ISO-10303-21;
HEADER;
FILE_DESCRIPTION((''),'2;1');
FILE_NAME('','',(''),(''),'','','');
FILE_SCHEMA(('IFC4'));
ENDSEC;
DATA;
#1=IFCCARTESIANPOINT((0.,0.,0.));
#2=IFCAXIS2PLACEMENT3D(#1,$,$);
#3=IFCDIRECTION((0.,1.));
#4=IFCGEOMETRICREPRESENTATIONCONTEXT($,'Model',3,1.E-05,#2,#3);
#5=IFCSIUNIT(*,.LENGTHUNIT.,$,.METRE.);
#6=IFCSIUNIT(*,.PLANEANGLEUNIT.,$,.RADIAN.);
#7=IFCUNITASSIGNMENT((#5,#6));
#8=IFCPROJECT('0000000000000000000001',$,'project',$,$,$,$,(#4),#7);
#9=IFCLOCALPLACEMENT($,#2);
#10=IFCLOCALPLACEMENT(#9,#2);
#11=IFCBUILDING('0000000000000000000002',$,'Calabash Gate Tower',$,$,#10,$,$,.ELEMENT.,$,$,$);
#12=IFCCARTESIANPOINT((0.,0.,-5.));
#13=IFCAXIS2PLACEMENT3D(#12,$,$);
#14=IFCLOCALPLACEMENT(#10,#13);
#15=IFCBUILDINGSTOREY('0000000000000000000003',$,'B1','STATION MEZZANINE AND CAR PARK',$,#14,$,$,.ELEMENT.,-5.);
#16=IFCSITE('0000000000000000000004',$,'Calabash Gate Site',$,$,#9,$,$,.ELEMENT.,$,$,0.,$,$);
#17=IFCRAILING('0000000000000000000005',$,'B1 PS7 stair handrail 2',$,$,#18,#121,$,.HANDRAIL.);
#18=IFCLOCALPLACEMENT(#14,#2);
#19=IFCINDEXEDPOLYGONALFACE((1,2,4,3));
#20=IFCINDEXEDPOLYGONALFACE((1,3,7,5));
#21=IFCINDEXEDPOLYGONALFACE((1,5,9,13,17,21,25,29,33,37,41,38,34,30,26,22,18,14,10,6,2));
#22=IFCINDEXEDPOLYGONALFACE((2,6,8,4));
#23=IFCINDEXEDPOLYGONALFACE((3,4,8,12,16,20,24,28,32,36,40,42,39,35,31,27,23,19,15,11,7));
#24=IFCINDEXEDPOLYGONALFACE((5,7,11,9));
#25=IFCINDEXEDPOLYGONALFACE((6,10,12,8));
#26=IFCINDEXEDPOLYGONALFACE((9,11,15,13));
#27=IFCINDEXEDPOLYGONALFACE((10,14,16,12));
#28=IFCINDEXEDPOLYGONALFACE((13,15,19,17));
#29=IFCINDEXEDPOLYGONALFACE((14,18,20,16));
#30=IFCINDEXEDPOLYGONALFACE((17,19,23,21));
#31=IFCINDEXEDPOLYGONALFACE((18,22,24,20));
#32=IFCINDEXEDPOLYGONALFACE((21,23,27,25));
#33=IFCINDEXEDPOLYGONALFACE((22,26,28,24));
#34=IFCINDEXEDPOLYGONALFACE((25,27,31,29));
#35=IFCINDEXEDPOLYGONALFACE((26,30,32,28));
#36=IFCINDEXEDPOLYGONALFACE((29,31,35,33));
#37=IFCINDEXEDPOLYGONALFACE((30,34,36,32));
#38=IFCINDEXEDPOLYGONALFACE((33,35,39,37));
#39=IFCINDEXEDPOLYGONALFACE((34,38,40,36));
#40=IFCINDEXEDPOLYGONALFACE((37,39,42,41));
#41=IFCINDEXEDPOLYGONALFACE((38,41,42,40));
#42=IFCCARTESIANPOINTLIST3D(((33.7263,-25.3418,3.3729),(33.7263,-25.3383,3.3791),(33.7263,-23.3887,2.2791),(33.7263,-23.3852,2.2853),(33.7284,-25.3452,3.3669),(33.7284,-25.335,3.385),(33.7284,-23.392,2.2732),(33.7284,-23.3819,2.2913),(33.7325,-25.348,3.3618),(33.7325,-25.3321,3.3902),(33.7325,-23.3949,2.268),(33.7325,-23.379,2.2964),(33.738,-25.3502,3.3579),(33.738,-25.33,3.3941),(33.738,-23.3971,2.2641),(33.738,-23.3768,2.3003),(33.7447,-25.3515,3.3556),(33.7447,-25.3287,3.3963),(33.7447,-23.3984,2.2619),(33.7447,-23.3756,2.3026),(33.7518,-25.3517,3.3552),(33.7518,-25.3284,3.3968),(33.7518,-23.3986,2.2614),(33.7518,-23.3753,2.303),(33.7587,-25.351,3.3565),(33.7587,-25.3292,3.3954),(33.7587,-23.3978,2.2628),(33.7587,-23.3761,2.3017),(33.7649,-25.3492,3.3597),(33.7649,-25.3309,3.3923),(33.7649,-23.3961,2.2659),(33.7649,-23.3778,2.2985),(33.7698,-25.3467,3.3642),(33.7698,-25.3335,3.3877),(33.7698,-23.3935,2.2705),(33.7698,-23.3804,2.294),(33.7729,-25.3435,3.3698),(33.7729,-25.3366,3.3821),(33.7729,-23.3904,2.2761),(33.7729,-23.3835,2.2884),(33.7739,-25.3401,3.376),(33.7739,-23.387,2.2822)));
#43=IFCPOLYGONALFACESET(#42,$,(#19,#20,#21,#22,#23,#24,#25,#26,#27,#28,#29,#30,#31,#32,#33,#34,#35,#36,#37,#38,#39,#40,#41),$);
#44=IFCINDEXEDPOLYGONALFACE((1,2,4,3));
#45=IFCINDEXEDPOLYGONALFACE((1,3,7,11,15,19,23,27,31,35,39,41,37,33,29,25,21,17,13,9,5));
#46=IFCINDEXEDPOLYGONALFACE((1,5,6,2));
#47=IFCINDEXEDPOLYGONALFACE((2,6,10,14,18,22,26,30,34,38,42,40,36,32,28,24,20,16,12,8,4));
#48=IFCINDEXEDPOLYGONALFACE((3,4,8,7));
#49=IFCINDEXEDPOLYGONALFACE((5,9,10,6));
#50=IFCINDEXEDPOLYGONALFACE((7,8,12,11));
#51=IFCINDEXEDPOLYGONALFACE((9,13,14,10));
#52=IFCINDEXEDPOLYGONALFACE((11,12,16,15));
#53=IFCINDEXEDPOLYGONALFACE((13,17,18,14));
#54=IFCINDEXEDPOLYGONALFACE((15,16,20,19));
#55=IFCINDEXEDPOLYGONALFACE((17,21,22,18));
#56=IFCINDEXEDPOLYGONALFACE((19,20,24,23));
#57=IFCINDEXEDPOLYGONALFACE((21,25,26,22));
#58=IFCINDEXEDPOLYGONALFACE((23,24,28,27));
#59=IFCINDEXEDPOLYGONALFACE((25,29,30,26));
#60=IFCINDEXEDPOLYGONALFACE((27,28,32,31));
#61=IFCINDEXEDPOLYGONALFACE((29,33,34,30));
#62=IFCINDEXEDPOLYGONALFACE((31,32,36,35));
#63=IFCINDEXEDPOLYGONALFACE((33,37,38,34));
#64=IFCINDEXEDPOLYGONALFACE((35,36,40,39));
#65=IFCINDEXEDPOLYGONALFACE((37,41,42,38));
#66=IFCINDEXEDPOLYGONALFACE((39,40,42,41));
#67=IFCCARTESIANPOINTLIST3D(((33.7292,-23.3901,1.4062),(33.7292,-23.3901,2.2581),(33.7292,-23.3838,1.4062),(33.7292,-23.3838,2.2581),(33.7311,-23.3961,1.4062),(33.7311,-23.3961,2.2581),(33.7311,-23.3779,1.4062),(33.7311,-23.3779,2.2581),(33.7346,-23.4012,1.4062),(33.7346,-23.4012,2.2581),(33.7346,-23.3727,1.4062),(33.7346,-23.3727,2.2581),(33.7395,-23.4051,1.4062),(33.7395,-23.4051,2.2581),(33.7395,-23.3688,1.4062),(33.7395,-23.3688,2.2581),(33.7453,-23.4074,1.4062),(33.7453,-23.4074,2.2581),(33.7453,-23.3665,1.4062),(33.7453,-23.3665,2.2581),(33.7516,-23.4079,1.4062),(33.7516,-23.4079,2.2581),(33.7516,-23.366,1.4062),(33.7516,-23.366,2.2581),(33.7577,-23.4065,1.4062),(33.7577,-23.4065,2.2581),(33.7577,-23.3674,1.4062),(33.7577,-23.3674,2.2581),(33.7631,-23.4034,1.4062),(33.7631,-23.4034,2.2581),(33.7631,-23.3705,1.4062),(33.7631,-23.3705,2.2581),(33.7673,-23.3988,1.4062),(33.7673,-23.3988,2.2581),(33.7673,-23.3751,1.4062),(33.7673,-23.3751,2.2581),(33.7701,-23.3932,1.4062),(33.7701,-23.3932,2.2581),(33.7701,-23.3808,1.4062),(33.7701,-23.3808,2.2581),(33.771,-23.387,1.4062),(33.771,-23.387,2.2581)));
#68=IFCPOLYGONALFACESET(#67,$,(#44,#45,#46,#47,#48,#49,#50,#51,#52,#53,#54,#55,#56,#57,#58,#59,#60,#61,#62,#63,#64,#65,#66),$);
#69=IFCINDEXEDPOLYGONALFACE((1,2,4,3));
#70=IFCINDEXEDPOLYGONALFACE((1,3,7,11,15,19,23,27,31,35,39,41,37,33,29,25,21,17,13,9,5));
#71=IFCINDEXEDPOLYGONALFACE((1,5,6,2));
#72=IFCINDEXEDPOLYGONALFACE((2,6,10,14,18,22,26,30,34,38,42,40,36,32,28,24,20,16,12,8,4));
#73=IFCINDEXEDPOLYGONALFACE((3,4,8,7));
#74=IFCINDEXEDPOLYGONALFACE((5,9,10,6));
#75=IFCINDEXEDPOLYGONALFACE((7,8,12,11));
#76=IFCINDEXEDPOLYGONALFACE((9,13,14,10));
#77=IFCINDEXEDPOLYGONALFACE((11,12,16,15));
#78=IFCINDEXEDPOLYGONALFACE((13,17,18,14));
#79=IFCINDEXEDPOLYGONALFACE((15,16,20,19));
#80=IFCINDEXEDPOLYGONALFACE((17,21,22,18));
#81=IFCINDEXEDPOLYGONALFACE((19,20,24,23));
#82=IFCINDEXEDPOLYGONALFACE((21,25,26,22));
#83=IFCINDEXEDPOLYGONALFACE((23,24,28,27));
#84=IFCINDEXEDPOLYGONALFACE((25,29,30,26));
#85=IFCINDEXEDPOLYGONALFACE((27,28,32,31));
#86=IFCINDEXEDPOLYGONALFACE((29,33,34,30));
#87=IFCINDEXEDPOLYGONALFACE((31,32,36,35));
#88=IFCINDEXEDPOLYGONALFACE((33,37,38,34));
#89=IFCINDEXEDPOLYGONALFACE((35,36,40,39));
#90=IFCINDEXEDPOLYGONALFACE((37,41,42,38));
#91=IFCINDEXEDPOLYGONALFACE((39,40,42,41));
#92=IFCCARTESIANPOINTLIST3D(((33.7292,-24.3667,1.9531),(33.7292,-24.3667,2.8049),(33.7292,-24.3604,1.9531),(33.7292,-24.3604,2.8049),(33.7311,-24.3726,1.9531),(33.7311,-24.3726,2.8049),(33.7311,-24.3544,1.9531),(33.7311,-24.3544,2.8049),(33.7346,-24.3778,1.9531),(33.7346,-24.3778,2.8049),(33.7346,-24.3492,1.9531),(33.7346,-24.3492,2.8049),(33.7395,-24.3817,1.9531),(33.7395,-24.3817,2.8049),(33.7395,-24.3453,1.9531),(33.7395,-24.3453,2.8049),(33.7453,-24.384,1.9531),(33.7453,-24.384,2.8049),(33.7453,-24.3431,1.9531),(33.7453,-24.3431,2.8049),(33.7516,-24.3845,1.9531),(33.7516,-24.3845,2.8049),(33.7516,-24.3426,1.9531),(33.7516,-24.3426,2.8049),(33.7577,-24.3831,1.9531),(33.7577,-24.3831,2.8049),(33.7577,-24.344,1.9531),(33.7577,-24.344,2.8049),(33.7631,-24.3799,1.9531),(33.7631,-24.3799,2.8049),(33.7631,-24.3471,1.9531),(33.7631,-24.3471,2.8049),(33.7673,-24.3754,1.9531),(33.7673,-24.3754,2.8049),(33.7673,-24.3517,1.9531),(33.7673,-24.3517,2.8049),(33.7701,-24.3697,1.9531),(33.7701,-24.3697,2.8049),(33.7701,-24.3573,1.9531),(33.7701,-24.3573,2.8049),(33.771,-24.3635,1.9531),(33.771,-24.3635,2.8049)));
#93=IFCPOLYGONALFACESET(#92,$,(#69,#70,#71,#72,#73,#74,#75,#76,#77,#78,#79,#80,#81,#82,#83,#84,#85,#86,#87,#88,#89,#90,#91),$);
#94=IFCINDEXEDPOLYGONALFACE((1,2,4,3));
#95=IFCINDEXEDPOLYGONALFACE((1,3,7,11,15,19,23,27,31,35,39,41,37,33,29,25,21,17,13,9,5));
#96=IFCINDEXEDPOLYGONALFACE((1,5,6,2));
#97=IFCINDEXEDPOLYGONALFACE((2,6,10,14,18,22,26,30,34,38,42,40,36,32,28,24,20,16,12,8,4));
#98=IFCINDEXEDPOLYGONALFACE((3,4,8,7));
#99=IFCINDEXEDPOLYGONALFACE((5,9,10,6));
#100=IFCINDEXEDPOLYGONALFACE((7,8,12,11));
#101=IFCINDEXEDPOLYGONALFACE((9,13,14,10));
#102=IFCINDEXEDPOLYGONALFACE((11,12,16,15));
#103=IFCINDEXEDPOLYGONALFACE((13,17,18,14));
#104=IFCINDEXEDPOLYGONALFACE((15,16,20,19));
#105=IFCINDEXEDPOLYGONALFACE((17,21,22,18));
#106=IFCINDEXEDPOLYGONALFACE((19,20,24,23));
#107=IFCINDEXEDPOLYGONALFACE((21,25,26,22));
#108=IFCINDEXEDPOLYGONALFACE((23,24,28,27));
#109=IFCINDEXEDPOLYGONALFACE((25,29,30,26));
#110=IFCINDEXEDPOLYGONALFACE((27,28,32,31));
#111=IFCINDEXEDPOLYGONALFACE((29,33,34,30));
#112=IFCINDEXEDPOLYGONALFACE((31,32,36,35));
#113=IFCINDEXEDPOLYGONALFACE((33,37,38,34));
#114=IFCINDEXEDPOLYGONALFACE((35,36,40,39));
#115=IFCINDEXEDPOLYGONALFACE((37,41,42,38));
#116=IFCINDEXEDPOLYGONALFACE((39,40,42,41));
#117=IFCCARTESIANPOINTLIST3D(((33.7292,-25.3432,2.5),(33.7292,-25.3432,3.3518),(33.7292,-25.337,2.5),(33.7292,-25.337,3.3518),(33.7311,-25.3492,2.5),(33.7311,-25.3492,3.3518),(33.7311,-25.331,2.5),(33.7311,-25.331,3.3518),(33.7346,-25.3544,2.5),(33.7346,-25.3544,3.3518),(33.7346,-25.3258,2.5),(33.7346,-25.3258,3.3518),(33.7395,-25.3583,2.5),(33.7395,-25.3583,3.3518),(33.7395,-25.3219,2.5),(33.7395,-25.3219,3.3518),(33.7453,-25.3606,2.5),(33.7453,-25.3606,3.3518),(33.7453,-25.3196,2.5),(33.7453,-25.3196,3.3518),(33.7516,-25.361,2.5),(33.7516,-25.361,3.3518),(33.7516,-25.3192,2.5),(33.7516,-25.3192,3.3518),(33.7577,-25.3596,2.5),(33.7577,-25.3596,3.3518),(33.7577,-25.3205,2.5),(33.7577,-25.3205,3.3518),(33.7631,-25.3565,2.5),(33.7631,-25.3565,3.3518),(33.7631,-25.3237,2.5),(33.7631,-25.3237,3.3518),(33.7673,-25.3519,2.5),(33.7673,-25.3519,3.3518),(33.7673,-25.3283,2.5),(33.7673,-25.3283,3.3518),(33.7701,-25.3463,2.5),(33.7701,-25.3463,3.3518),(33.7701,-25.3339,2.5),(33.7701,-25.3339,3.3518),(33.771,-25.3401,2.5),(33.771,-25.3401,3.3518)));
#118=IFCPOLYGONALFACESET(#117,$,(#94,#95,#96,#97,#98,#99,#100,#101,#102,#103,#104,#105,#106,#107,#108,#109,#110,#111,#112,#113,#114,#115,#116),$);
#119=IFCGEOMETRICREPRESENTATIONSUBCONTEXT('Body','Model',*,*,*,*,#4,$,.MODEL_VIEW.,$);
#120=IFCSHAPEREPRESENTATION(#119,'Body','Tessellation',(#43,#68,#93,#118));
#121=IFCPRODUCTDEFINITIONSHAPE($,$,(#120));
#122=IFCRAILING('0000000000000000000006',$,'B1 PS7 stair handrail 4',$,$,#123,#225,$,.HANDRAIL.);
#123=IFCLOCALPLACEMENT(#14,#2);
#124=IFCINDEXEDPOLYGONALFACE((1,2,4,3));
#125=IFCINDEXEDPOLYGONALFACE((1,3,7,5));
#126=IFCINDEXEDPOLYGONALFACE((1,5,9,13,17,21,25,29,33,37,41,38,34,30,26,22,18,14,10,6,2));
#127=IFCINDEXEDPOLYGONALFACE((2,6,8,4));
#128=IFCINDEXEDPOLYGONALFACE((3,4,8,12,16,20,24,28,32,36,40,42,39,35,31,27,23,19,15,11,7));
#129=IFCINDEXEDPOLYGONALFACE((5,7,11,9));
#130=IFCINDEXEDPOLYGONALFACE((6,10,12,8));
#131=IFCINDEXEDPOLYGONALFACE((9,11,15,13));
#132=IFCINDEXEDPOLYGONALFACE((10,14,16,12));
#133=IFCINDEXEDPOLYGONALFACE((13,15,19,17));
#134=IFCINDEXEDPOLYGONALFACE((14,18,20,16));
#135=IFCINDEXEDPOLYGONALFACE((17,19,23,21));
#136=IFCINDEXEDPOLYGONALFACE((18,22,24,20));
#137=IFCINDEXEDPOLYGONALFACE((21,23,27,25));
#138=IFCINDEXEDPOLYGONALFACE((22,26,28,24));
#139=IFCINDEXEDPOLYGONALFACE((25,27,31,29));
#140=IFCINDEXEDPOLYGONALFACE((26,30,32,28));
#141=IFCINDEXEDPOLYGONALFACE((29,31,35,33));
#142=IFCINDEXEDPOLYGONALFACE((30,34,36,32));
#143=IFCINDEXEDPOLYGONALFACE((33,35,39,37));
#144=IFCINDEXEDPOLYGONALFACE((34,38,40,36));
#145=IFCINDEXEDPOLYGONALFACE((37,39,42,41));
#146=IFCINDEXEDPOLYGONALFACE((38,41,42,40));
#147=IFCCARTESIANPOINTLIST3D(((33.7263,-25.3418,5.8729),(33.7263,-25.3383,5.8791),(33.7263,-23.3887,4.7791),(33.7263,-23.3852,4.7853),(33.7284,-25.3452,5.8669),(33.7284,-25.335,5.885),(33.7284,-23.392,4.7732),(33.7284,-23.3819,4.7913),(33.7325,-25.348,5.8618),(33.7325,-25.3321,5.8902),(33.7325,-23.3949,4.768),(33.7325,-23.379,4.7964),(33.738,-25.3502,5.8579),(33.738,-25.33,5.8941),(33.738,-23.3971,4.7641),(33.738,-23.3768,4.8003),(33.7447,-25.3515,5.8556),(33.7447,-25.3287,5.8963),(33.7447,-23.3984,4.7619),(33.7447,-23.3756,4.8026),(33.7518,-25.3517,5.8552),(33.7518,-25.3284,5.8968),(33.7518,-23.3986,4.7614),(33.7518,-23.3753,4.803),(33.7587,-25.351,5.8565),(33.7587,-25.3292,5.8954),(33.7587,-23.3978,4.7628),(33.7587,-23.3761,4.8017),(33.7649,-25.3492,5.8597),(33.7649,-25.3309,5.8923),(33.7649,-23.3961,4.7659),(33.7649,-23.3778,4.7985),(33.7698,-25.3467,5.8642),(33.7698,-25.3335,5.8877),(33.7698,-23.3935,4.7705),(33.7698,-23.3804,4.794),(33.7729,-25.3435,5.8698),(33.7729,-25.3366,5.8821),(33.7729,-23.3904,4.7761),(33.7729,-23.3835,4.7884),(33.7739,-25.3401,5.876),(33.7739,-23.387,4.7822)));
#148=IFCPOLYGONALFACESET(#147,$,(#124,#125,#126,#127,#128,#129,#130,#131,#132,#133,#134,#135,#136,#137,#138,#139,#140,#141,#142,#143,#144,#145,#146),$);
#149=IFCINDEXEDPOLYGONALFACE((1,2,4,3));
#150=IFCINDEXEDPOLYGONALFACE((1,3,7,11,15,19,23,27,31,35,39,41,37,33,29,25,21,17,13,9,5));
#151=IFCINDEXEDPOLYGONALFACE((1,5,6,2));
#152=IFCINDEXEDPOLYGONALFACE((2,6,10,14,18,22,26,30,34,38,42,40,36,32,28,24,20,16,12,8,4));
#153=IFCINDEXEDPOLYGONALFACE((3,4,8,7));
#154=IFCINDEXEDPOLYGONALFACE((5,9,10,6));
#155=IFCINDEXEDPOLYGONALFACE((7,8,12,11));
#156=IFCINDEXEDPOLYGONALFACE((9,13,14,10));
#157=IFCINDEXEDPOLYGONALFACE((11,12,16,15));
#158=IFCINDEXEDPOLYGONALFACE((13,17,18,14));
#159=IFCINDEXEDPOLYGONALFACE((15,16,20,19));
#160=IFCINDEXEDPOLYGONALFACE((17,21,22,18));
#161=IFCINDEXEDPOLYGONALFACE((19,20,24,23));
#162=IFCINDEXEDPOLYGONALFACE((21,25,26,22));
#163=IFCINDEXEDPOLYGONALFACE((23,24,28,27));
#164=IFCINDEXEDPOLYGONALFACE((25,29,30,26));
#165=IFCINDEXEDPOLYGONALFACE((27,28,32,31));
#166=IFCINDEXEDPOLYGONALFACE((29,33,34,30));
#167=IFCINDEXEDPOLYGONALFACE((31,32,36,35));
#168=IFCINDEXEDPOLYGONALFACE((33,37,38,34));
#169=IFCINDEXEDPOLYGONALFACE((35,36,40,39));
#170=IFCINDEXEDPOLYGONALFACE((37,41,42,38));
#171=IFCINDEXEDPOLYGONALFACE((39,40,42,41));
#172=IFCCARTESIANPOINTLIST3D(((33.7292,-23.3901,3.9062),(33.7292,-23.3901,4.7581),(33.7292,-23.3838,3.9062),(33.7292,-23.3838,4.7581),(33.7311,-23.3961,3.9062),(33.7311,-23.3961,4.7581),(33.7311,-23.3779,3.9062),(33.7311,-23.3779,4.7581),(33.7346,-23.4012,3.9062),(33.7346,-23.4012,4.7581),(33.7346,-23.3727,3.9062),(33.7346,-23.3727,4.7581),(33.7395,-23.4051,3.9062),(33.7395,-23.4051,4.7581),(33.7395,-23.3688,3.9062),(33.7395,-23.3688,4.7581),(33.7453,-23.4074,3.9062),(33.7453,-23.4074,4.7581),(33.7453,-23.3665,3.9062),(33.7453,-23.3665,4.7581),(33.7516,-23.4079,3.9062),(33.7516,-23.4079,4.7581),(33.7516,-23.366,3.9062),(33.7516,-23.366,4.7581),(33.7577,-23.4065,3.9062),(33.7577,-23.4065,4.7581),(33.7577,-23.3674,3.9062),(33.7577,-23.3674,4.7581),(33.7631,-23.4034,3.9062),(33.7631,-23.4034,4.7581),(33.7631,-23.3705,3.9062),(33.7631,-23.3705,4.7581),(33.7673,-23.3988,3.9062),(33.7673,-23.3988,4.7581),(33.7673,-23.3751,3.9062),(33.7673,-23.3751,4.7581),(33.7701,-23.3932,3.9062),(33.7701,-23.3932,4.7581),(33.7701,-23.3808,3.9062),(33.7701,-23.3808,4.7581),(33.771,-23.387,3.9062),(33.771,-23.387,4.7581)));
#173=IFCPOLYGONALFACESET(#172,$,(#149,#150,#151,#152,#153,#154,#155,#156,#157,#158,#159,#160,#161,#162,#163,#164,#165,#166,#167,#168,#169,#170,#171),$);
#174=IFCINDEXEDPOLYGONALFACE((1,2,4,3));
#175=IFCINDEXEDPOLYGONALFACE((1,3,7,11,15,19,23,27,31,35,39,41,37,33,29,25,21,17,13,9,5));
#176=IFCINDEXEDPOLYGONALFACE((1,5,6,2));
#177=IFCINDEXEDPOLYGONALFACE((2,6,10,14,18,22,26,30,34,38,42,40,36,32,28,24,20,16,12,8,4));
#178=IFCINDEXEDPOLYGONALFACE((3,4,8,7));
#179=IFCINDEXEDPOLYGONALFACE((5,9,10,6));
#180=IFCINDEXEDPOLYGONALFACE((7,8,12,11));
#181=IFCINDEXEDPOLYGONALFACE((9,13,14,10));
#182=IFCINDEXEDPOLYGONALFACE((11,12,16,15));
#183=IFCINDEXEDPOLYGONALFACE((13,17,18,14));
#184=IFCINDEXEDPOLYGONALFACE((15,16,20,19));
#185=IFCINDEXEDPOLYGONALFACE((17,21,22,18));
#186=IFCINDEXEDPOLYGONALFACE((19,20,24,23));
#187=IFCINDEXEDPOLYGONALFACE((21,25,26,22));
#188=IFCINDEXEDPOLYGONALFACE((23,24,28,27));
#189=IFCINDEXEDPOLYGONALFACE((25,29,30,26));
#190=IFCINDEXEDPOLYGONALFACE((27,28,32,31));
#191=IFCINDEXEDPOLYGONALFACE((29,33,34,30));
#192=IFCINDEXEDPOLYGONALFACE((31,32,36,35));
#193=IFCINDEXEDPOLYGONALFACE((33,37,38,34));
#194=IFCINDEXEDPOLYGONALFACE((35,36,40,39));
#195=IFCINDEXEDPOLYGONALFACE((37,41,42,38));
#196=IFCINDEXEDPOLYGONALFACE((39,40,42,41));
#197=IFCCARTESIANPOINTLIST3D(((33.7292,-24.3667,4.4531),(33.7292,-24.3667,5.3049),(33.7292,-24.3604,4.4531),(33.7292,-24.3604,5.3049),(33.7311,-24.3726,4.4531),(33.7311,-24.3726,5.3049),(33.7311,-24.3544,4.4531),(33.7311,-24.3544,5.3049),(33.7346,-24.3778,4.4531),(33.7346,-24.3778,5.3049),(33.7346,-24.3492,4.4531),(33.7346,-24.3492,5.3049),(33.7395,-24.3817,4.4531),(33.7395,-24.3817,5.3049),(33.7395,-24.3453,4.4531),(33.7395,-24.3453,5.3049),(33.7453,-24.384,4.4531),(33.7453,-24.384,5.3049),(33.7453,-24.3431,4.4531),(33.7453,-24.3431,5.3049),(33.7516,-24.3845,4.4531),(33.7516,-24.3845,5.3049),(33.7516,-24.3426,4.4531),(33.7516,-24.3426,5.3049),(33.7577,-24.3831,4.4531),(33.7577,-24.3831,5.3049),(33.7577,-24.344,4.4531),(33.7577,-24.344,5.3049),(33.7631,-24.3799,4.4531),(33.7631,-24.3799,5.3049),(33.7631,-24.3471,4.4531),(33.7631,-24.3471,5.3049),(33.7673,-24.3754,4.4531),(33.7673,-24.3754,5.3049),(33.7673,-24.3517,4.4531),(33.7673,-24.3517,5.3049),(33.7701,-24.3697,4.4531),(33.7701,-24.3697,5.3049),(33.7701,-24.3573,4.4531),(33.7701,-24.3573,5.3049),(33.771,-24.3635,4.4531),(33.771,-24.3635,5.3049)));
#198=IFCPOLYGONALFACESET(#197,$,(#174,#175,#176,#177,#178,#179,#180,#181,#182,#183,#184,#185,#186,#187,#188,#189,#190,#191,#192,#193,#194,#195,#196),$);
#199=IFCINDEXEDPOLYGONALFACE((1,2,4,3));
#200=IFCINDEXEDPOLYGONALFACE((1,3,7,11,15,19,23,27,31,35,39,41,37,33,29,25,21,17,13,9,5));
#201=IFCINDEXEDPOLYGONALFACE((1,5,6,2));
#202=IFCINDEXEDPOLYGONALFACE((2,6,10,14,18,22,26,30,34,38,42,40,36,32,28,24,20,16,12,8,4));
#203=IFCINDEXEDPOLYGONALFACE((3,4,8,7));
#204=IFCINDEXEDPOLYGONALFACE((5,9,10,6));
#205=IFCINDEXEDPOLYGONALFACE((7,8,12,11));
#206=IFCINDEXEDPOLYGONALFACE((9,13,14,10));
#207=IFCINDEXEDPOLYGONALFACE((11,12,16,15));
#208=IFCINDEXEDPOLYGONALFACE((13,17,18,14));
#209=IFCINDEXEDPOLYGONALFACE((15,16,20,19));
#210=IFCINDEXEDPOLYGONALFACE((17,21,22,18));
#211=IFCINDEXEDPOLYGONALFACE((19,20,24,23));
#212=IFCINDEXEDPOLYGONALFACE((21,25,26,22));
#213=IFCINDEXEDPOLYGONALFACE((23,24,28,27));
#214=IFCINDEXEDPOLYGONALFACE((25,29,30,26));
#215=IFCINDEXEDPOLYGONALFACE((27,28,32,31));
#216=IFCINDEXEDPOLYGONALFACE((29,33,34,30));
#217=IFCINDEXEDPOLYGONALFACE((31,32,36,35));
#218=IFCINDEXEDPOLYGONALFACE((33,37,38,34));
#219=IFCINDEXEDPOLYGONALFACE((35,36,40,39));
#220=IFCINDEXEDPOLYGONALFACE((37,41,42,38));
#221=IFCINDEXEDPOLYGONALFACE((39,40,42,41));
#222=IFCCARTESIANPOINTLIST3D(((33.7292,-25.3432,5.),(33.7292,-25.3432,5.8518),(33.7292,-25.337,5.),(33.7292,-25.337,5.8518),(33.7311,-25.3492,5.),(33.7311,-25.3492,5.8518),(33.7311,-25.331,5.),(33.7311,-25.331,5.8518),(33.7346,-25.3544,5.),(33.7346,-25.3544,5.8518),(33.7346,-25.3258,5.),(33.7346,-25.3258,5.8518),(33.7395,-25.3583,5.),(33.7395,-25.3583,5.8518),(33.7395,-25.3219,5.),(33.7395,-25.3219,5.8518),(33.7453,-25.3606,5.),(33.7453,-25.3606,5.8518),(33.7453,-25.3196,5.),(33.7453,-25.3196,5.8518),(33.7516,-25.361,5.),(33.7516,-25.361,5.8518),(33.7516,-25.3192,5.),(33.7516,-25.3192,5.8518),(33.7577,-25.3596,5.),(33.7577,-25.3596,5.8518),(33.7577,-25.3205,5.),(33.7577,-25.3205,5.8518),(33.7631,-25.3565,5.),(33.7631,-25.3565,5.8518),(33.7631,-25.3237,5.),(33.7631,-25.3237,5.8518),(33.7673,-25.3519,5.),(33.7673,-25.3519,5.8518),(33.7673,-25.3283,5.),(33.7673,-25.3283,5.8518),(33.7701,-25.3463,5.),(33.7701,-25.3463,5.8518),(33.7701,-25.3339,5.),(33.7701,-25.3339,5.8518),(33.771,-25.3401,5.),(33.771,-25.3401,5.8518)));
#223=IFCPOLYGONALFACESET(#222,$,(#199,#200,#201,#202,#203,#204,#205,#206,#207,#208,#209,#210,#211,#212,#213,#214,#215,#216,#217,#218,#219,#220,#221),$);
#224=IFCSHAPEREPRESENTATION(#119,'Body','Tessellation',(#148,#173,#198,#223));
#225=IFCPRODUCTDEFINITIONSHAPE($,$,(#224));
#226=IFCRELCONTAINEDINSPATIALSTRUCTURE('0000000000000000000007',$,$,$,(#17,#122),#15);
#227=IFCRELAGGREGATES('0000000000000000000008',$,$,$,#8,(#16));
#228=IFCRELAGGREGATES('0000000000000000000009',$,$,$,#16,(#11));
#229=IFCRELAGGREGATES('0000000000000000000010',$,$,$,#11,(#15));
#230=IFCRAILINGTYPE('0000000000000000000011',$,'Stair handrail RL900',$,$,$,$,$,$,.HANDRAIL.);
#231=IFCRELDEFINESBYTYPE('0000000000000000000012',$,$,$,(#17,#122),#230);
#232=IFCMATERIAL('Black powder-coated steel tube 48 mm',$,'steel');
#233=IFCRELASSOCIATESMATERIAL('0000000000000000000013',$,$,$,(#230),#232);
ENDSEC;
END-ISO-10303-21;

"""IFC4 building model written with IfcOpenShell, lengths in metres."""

from ifc_helpers import new_model, si_unit, direction, frame, origin, origin_2d, place, context, subcontext, project, spatial, circle, extrude, material, type_object, element, save


model = new_model("IFC4")

# Units and contexts
model_context = context("Model", 3, precision=1e-05, world=origin(), true_north=direction((0.0, 1.0)))
body_context = subcontext(model_context, "Body", "Model", "MODEL_VIEW")
ifc_project = project(units=[si_unit("LENGTHUNIT", "METRE"), si_unit("PLANEANGLEUNIT", "RADIAN")], contexts=[model_context])

# Site, building, storey
site_placement = place(None, origin())
site = spatial("IfcSite", under=ifc_project, at=site_placement, Name="Calabash Gate Site", CompositionType="ELEMENT", RefElevation=0.0)
building_placement = place(site_placement, origin())
building = spatial("IfcBuilding", under=site, at=building_placement, Name="Calabash Gate Tower", CompositionType="ELEMENT")
storey_placement = place(building_placement, frame((0.0, 0.0, -5.0)))
storey = spatial("IfcBuildingStorey", under=building, at=storey_placement, Name="B1", Description="STATION MEZZANINE AND CAR PARK", CompositionType="ELEMENT", Elevation=-5.0)

# Railings
ifc_material_1 = material(Name="Black powder-coated steel tube 48 mm", Category="steel")
railing_type_1 = type_object("IfcRailingType", Name="Stair handrail RL900", PredefinedType="HANDRAIL", material=ifc_material_1)
for number, where, name in (
    (1, (33.75, -23.387, 1.4062), "B1 PS7 stair handrail 2"),
    (2, (33.75, -23.387, 3.9062), "B1 PS7 stair handrail 4"),
):
    element("IfcRailing", number, at=place(storey_placement, frame(where)), inside=storey, type_object=railing_type_1, Name=name, PredefinedType="HANDRAIL", context=body_context, shape_type="SweptSolid", body=[
        extrude(circle(Radius=0.0239, at=origin_2d()), frame((0.0, 0.0, 0.876), z_axis=(0.0, -0.872506, 0.488603), x_axis=(1.0, 0.0, 0.0)), (0.0, 0.0, 1.0), 2.2385),
        extrude(circle(Radius=0.021, at=origin_2d()), origin(), (0.0, 0.0, 1.0), 0.8518),
        extrude(circle(Radius=0.021, at=origin_2d()), frame((0.0, -0.9766, 0.5469)), (0.0, 0.0, 1.0), 0.8518),
        extrude(circle(Radius=0.021, at=origin_2d()), frame((0.0, -1.9531, 1.0938)), (0.0, 0.0, 1.0), 0.8518),
    ])

save(model, "model.ifc")
